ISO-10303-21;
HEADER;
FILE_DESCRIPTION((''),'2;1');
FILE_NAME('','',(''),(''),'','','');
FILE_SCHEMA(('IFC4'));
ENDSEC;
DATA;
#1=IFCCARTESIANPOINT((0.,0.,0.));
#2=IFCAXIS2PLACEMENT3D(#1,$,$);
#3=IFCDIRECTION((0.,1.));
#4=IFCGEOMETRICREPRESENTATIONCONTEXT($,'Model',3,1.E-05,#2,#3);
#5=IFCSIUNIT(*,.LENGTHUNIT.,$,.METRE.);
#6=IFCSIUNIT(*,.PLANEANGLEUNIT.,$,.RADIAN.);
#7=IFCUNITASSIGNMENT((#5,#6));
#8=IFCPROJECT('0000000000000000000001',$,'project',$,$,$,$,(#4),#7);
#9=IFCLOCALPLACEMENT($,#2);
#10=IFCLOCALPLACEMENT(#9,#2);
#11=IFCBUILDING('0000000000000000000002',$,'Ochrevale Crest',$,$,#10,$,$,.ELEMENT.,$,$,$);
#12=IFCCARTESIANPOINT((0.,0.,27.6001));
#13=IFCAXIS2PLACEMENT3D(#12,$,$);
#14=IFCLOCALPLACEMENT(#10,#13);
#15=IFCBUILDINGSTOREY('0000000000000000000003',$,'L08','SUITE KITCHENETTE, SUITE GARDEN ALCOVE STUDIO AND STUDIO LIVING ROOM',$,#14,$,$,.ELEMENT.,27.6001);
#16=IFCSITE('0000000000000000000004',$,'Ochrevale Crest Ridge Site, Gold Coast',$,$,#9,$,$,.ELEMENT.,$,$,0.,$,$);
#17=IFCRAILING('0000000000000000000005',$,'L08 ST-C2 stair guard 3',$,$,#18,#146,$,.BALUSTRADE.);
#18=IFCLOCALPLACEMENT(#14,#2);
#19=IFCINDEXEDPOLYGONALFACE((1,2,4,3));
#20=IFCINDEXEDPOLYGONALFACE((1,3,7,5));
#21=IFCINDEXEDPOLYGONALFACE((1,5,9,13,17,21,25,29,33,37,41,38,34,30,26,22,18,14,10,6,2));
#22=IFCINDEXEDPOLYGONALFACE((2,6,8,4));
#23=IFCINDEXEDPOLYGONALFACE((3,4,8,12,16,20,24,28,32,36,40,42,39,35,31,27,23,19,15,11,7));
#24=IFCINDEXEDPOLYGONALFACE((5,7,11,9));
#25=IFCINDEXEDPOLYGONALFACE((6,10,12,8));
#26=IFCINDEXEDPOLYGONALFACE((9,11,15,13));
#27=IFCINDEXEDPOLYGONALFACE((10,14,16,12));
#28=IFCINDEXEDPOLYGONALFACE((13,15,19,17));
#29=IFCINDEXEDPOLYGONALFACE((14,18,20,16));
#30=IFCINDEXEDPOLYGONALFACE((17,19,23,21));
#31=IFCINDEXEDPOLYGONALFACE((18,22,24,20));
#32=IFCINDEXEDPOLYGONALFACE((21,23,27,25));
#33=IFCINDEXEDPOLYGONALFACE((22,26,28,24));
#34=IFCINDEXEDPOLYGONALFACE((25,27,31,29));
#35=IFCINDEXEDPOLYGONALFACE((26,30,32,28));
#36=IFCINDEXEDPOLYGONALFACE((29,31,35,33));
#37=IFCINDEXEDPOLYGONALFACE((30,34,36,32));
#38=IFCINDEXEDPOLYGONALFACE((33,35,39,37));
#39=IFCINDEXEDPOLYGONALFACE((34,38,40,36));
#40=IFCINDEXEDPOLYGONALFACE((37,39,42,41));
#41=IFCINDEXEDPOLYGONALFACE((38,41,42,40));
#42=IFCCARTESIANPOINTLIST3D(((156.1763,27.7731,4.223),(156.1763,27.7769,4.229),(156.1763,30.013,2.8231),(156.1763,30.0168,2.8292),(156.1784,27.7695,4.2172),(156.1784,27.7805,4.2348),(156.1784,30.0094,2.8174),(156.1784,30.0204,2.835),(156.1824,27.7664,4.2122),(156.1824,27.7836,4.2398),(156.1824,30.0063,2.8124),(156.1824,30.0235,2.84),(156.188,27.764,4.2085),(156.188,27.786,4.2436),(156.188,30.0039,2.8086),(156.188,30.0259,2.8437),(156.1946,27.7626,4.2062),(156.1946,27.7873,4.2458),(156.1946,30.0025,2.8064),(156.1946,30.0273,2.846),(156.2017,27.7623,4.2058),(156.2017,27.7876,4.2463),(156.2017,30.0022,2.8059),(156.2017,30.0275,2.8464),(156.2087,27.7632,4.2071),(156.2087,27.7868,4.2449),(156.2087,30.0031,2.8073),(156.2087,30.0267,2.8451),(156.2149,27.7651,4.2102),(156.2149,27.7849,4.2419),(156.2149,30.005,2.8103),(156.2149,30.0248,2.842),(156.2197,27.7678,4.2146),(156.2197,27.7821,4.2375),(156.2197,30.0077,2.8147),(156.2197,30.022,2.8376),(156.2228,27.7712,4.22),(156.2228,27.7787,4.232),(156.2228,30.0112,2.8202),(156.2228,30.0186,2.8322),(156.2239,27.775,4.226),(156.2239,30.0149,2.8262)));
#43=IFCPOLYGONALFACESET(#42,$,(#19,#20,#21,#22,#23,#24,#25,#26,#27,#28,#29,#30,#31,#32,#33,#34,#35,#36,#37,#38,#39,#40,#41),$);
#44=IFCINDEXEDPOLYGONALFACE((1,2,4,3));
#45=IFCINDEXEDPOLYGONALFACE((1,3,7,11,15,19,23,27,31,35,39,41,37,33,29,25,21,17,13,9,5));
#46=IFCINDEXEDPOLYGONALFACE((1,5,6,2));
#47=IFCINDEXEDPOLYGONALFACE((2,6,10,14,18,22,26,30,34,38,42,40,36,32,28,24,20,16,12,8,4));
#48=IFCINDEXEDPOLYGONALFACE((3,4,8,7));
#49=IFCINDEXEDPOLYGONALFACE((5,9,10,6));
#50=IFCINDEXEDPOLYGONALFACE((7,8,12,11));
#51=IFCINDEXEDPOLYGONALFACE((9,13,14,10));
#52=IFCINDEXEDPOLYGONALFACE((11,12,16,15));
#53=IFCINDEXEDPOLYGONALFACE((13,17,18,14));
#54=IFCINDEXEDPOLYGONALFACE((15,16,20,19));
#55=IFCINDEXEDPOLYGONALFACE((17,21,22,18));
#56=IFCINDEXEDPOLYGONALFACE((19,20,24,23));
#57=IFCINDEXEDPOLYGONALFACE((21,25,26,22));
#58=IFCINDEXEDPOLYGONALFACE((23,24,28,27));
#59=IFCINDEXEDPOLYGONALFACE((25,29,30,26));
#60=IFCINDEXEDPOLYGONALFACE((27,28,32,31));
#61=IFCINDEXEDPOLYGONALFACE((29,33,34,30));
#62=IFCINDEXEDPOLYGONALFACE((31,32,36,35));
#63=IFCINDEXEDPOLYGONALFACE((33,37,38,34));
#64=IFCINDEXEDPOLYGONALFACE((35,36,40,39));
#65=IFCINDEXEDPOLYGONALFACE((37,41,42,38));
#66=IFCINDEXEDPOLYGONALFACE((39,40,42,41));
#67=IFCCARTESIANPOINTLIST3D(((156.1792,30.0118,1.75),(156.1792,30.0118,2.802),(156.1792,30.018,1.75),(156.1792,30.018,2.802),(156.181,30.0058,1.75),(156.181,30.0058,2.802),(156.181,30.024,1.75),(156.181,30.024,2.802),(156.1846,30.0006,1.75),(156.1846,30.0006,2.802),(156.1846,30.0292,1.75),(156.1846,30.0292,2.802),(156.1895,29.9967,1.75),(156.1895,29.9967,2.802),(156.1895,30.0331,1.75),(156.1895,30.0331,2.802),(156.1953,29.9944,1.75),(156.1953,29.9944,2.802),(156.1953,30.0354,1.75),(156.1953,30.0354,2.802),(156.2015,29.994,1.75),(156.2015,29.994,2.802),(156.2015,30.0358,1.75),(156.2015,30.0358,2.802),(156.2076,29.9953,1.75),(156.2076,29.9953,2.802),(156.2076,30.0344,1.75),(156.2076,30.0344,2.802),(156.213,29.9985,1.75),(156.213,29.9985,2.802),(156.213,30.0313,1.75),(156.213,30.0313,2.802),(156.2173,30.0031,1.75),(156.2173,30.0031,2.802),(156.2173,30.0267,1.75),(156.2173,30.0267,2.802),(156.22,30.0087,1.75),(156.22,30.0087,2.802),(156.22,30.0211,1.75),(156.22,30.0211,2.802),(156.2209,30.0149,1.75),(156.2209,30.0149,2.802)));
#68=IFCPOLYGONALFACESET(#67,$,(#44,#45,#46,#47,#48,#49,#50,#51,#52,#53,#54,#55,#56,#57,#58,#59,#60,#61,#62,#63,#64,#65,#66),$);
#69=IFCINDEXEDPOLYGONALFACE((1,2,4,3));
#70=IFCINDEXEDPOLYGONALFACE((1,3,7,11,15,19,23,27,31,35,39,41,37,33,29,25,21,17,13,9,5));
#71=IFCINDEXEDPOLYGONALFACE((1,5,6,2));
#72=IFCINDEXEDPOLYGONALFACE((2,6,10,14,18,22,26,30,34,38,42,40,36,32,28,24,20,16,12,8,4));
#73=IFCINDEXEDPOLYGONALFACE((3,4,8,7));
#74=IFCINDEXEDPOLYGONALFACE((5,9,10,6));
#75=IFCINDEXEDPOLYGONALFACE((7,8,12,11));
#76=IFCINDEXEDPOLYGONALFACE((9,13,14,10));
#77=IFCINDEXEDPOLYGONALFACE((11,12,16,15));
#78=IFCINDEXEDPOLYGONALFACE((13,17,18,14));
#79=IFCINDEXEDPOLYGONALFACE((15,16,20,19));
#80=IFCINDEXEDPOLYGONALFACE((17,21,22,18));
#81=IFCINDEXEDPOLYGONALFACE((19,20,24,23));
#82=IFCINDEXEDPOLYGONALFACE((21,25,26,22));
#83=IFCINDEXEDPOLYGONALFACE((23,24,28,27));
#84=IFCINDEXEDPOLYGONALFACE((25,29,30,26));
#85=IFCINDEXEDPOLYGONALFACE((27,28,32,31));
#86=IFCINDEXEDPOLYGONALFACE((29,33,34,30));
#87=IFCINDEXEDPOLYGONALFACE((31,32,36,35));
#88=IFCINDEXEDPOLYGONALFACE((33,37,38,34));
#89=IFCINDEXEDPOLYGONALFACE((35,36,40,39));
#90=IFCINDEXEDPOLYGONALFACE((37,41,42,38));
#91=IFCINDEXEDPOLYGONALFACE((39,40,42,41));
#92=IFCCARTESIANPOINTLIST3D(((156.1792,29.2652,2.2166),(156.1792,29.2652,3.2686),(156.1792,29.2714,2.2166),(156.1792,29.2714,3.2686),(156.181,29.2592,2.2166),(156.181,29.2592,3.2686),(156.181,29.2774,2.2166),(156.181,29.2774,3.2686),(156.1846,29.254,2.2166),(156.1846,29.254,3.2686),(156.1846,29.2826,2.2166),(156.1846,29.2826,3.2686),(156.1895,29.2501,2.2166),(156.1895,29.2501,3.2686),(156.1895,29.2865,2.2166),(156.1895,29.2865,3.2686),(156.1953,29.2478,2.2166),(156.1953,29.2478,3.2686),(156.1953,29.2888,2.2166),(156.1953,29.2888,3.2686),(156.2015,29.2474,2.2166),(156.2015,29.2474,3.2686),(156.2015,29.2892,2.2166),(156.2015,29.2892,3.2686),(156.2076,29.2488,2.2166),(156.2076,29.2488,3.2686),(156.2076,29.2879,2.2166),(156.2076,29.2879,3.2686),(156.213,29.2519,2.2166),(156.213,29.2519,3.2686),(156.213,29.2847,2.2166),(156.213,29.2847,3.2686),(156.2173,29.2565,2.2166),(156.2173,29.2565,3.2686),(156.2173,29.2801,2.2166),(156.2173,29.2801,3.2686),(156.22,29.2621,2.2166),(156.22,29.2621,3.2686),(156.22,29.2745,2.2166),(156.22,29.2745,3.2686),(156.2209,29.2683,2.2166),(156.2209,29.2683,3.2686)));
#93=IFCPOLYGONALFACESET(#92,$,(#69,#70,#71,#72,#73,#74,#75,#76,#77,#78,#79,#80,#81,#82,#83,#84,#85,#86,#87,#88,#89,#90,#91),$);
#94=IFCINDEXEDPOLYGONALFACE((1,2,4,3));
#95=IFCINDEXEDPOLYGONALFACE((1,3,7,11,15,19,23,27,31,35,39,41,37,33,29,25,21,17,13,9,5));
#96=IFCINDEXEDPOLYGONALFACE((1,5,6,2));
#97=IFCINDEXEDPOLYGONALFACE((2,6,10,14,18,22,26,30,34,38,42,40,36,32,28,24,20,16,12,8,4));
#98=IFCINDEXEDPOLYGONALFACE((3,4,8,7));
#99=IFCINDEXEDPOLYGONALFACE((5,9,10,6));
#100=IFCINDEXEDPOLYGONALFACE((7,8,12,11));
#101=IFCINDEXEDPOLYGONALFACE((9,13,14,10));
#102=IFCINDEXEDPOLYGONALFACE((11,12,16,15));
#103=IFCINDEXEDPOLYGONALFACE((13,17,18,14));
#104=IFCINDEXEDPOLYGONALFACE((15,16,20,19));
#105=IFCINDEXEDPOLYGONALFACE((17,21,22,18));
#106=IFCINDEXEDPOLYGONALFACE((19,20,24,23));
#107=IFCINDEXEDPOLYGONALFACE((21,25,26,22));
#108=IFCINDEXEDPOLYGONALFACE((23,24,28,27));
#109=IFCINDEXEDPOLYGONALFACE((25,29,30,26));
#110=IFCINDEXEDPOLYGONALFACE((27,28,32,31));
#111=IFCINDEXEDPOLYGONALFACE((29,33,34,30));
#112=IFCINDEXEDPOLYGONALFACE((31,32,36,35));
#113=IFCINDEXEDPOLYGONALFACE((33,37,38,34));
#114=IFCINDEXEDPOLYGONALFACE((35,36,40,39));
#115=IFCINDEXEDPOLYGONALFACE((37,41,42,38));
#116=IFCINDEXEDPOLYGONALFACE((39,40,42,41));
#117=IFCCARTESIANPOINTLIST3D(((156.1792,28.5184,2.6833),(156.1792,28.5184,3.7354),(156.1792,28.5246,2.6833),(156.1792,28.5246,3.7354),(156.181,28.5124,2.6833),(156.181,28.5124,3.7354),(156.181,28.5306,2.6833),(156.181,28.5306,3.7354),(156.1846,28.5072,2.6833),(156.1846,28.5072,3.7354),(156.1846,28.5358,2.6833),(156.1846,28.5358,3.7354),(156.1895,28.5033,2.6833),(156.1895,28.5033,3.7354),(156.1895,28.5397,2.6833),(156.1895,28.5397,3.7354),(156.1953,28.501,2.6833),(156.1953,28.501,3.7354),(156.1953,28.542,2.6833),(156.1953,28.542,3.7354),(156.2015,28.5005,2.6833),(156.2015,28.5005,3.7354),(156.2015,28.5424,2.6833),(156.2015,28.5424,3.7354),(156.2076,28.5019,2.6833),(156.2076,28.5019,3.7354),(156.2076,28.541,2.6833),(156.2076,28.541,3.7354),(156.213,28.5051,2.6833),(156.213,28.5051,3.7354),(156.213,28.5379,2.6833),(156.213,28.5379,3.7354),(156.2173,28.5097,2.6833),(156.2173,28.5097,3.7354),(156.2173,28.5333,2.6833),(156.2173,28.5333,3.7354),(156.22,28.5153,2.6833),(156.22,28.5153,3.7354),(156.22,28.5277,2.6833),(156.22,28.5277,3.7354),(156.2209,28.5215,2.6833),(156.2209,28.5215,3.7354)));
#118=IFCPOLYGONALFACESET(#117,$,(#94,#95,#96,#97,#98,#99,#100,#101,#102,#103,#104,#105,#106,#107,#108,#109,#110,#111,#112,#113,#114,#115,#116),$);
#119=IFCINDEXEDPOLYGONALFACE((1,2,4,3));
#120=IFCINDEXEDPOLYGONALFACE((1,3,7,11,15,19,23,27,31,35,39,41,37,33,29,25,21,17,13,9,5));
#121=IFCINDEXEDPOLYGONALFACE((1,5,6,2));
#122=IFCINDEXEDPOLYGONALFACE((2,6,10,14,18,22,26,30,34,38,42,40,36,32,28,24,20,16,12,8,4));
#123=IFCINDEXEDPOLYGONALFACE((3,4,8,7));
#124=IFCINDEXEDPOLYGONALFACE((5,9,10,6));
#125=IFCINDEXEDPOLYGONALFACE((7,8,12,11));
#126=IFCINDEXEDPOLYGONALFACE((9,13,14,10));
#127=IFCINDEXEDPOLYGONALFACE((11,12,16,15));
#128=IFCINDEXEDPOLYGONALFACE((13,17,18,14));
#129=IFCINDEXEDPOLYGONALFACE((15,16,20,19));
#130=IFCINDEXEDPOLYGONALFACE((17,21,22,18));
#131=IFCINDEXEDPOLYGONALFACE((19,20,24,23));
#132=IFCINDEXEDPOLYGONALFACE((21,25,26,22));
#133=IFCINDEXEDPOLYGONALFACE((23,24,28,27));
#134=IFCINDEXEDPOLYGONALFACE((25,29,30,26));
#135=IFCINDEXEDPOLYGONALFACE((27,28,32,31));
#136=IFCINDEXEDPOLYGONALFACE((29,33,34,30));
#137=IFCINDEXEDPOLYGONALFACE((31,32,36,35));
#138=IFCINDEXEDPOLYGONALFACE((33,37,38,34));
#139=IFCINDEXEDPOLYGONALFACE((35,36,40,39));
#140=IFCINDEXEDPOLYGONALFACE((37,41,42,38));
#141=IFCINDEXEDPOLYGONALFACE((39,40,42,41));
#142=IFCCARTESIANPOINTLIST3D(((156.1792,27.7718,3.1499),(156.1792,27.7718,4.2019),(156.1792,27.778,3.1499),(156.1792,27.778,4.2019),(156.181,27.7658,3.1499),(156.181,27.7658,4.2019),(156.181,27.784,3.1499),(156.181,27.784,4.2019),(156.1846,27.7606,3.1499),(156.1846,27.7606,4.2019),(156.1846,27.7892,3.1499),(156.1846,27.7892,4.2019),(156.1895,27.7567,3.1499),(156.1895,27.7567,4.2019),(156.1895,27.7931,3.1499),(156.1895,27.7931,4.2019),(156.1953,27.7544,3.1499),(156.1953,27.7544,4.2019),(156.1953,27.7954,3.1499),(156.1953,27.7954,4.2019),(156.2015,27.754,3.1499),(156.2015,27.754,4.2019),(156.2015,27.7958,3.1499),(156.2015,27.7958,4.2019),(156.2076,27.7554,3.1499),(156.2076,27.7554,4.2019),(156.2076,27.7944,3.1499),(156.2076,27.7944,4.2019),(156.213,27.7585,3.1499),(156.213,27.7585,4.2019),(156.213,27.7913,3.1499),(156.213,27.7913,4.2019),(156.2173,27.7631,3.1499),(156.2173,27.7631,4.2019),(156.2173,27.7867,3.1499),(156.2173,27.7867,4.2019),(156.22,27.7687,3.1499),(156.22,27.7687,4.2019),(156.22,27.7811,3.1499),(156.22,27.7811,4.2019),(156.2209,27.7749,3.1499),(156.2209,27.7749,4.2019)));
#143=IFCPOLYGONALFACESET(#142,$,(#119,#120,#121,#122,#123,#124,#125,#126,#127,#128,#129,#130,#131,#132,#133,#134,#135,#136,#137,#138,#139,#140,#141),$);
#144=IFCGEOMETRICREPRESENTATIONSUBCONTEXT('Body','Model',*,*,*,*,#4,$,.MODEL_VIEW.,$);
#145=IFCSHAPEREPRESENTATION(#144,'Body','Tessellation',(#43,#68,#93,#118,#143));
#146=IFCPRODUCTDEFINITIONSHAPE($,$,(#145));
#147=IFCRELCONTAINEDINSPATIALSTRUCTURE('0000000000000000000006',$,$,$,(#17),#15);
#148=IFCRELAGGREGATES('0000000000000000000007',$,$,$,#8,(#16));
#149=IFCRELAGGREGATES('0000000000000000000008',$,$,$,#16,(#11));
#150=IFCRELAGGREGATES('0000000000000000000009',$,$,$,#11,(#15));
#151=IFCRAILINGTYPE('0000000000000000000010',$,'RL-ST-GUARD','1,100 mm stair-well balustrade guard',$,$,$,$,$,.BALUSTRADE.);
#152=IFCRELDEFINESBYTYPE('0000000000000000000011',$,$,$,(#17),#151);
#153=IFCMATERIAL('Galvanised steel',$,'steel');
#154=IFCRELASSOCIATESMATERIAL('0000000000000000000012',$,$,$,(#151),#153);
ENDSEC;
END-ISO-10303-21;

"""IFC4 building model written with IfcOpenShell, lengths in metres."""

from ifc_helpers import new_model, si_unit, direction, frame, origin, origin_2d, place, context, subcontext, project, spatial, circle, extrude, material, type_object, element, save


model = new_model("IFC4")

# Units and contexts
model_context = context("Model", 3, precision=1e-05, world=origin(), true_north=direction((0.0, 1.0)))
body_context = subcontext(model_context, "Body", "Model", "MODEL_VIEW")
ifc_project = project(units=[si_unit("LENGTHUNIT", "METRE"), si_unit("PLANEANGLEUNIT", "RADIAN")], contexts=[model_context])

# Site, building, storey
site_placement = place(None, origin())
site = spatial("IfcSite", under=ifc_project, at=site_placement, Name="Ochrevale Crest Ridge Site, Gold Coast", CompositionType="ELEMENT", RefElevation=0.0)
building_placement = place(site_placement, origin())
building = spatial("IfcBuilding", under=site, at=building_placement, Name="Ochrevale Crest", CompositionType="ELEMENT")
storey_placement = place(building_placement, frame((0.0, 0.0, 27.6001)))
storey = spatial("IfcBuildingStorey", under=building, at=storey_placement, Name="L08", Description="SUITE KITCHENETTE, SUITE GARDEN ALCOVE STUDIO AND STUDIO LIVING ROOM", CompositionType="ELEMENT", Elevation=27.6001)

# Railing
ifc_material_1 = material(Name="Galvanised steel", Category="steel")
railing_type_1 = type_object("IfcRailingType", Name="RL-ST-GUARD", Description="1,100 mm stair-well balustrade guard", PredefinedType="BALUSTRADE", material=ifc_material_1)
railing_1_placement = place(storey_placement, frame((156.2, 30.0149, 1.75)))
element("IfcRailing", 1, at=railing_1_placement, inside=storey, type_object=railing_type_1, Name="L08 ST-C2 stair guard 3", PredefinedType="BALUSTRADE", context=body_context, shape_type="SweptSolid", body=[
    extrude(circle(Radius=0.0239, at=origin_2d()), frame((0.0, 0.0, 1.0762), z_axis=(0.0, -0.848014, 0.529974), x_axis=(1.0, 0.0, 0.0)), (0.0, 0.0, 1.0), 2.6414),
    extrude(circle(Radius=0.021, at=origin_2d()), origin(), (0.0, 0.0, 1.0), 1.052),
    extrude(circle(Radius=0.021, at=origin_2d()), frame((0.0, -0.7466, 0.4666)), (0.0, 0.0, 1.0), 1.052),
    extrude(circle(Radius=0.021, at=origin_2d()), frame((0.0, -1.4934, 0.9333)), (0.0, 0.0, 1.0), 1.052),
    extrude(circle(Radius=0.021, at=origin_2d()), frame((0.0, -2.24, 1.3999)), (0.0, 0.0, 1.0), 1.052),
])

save(model, "model.ifc")
